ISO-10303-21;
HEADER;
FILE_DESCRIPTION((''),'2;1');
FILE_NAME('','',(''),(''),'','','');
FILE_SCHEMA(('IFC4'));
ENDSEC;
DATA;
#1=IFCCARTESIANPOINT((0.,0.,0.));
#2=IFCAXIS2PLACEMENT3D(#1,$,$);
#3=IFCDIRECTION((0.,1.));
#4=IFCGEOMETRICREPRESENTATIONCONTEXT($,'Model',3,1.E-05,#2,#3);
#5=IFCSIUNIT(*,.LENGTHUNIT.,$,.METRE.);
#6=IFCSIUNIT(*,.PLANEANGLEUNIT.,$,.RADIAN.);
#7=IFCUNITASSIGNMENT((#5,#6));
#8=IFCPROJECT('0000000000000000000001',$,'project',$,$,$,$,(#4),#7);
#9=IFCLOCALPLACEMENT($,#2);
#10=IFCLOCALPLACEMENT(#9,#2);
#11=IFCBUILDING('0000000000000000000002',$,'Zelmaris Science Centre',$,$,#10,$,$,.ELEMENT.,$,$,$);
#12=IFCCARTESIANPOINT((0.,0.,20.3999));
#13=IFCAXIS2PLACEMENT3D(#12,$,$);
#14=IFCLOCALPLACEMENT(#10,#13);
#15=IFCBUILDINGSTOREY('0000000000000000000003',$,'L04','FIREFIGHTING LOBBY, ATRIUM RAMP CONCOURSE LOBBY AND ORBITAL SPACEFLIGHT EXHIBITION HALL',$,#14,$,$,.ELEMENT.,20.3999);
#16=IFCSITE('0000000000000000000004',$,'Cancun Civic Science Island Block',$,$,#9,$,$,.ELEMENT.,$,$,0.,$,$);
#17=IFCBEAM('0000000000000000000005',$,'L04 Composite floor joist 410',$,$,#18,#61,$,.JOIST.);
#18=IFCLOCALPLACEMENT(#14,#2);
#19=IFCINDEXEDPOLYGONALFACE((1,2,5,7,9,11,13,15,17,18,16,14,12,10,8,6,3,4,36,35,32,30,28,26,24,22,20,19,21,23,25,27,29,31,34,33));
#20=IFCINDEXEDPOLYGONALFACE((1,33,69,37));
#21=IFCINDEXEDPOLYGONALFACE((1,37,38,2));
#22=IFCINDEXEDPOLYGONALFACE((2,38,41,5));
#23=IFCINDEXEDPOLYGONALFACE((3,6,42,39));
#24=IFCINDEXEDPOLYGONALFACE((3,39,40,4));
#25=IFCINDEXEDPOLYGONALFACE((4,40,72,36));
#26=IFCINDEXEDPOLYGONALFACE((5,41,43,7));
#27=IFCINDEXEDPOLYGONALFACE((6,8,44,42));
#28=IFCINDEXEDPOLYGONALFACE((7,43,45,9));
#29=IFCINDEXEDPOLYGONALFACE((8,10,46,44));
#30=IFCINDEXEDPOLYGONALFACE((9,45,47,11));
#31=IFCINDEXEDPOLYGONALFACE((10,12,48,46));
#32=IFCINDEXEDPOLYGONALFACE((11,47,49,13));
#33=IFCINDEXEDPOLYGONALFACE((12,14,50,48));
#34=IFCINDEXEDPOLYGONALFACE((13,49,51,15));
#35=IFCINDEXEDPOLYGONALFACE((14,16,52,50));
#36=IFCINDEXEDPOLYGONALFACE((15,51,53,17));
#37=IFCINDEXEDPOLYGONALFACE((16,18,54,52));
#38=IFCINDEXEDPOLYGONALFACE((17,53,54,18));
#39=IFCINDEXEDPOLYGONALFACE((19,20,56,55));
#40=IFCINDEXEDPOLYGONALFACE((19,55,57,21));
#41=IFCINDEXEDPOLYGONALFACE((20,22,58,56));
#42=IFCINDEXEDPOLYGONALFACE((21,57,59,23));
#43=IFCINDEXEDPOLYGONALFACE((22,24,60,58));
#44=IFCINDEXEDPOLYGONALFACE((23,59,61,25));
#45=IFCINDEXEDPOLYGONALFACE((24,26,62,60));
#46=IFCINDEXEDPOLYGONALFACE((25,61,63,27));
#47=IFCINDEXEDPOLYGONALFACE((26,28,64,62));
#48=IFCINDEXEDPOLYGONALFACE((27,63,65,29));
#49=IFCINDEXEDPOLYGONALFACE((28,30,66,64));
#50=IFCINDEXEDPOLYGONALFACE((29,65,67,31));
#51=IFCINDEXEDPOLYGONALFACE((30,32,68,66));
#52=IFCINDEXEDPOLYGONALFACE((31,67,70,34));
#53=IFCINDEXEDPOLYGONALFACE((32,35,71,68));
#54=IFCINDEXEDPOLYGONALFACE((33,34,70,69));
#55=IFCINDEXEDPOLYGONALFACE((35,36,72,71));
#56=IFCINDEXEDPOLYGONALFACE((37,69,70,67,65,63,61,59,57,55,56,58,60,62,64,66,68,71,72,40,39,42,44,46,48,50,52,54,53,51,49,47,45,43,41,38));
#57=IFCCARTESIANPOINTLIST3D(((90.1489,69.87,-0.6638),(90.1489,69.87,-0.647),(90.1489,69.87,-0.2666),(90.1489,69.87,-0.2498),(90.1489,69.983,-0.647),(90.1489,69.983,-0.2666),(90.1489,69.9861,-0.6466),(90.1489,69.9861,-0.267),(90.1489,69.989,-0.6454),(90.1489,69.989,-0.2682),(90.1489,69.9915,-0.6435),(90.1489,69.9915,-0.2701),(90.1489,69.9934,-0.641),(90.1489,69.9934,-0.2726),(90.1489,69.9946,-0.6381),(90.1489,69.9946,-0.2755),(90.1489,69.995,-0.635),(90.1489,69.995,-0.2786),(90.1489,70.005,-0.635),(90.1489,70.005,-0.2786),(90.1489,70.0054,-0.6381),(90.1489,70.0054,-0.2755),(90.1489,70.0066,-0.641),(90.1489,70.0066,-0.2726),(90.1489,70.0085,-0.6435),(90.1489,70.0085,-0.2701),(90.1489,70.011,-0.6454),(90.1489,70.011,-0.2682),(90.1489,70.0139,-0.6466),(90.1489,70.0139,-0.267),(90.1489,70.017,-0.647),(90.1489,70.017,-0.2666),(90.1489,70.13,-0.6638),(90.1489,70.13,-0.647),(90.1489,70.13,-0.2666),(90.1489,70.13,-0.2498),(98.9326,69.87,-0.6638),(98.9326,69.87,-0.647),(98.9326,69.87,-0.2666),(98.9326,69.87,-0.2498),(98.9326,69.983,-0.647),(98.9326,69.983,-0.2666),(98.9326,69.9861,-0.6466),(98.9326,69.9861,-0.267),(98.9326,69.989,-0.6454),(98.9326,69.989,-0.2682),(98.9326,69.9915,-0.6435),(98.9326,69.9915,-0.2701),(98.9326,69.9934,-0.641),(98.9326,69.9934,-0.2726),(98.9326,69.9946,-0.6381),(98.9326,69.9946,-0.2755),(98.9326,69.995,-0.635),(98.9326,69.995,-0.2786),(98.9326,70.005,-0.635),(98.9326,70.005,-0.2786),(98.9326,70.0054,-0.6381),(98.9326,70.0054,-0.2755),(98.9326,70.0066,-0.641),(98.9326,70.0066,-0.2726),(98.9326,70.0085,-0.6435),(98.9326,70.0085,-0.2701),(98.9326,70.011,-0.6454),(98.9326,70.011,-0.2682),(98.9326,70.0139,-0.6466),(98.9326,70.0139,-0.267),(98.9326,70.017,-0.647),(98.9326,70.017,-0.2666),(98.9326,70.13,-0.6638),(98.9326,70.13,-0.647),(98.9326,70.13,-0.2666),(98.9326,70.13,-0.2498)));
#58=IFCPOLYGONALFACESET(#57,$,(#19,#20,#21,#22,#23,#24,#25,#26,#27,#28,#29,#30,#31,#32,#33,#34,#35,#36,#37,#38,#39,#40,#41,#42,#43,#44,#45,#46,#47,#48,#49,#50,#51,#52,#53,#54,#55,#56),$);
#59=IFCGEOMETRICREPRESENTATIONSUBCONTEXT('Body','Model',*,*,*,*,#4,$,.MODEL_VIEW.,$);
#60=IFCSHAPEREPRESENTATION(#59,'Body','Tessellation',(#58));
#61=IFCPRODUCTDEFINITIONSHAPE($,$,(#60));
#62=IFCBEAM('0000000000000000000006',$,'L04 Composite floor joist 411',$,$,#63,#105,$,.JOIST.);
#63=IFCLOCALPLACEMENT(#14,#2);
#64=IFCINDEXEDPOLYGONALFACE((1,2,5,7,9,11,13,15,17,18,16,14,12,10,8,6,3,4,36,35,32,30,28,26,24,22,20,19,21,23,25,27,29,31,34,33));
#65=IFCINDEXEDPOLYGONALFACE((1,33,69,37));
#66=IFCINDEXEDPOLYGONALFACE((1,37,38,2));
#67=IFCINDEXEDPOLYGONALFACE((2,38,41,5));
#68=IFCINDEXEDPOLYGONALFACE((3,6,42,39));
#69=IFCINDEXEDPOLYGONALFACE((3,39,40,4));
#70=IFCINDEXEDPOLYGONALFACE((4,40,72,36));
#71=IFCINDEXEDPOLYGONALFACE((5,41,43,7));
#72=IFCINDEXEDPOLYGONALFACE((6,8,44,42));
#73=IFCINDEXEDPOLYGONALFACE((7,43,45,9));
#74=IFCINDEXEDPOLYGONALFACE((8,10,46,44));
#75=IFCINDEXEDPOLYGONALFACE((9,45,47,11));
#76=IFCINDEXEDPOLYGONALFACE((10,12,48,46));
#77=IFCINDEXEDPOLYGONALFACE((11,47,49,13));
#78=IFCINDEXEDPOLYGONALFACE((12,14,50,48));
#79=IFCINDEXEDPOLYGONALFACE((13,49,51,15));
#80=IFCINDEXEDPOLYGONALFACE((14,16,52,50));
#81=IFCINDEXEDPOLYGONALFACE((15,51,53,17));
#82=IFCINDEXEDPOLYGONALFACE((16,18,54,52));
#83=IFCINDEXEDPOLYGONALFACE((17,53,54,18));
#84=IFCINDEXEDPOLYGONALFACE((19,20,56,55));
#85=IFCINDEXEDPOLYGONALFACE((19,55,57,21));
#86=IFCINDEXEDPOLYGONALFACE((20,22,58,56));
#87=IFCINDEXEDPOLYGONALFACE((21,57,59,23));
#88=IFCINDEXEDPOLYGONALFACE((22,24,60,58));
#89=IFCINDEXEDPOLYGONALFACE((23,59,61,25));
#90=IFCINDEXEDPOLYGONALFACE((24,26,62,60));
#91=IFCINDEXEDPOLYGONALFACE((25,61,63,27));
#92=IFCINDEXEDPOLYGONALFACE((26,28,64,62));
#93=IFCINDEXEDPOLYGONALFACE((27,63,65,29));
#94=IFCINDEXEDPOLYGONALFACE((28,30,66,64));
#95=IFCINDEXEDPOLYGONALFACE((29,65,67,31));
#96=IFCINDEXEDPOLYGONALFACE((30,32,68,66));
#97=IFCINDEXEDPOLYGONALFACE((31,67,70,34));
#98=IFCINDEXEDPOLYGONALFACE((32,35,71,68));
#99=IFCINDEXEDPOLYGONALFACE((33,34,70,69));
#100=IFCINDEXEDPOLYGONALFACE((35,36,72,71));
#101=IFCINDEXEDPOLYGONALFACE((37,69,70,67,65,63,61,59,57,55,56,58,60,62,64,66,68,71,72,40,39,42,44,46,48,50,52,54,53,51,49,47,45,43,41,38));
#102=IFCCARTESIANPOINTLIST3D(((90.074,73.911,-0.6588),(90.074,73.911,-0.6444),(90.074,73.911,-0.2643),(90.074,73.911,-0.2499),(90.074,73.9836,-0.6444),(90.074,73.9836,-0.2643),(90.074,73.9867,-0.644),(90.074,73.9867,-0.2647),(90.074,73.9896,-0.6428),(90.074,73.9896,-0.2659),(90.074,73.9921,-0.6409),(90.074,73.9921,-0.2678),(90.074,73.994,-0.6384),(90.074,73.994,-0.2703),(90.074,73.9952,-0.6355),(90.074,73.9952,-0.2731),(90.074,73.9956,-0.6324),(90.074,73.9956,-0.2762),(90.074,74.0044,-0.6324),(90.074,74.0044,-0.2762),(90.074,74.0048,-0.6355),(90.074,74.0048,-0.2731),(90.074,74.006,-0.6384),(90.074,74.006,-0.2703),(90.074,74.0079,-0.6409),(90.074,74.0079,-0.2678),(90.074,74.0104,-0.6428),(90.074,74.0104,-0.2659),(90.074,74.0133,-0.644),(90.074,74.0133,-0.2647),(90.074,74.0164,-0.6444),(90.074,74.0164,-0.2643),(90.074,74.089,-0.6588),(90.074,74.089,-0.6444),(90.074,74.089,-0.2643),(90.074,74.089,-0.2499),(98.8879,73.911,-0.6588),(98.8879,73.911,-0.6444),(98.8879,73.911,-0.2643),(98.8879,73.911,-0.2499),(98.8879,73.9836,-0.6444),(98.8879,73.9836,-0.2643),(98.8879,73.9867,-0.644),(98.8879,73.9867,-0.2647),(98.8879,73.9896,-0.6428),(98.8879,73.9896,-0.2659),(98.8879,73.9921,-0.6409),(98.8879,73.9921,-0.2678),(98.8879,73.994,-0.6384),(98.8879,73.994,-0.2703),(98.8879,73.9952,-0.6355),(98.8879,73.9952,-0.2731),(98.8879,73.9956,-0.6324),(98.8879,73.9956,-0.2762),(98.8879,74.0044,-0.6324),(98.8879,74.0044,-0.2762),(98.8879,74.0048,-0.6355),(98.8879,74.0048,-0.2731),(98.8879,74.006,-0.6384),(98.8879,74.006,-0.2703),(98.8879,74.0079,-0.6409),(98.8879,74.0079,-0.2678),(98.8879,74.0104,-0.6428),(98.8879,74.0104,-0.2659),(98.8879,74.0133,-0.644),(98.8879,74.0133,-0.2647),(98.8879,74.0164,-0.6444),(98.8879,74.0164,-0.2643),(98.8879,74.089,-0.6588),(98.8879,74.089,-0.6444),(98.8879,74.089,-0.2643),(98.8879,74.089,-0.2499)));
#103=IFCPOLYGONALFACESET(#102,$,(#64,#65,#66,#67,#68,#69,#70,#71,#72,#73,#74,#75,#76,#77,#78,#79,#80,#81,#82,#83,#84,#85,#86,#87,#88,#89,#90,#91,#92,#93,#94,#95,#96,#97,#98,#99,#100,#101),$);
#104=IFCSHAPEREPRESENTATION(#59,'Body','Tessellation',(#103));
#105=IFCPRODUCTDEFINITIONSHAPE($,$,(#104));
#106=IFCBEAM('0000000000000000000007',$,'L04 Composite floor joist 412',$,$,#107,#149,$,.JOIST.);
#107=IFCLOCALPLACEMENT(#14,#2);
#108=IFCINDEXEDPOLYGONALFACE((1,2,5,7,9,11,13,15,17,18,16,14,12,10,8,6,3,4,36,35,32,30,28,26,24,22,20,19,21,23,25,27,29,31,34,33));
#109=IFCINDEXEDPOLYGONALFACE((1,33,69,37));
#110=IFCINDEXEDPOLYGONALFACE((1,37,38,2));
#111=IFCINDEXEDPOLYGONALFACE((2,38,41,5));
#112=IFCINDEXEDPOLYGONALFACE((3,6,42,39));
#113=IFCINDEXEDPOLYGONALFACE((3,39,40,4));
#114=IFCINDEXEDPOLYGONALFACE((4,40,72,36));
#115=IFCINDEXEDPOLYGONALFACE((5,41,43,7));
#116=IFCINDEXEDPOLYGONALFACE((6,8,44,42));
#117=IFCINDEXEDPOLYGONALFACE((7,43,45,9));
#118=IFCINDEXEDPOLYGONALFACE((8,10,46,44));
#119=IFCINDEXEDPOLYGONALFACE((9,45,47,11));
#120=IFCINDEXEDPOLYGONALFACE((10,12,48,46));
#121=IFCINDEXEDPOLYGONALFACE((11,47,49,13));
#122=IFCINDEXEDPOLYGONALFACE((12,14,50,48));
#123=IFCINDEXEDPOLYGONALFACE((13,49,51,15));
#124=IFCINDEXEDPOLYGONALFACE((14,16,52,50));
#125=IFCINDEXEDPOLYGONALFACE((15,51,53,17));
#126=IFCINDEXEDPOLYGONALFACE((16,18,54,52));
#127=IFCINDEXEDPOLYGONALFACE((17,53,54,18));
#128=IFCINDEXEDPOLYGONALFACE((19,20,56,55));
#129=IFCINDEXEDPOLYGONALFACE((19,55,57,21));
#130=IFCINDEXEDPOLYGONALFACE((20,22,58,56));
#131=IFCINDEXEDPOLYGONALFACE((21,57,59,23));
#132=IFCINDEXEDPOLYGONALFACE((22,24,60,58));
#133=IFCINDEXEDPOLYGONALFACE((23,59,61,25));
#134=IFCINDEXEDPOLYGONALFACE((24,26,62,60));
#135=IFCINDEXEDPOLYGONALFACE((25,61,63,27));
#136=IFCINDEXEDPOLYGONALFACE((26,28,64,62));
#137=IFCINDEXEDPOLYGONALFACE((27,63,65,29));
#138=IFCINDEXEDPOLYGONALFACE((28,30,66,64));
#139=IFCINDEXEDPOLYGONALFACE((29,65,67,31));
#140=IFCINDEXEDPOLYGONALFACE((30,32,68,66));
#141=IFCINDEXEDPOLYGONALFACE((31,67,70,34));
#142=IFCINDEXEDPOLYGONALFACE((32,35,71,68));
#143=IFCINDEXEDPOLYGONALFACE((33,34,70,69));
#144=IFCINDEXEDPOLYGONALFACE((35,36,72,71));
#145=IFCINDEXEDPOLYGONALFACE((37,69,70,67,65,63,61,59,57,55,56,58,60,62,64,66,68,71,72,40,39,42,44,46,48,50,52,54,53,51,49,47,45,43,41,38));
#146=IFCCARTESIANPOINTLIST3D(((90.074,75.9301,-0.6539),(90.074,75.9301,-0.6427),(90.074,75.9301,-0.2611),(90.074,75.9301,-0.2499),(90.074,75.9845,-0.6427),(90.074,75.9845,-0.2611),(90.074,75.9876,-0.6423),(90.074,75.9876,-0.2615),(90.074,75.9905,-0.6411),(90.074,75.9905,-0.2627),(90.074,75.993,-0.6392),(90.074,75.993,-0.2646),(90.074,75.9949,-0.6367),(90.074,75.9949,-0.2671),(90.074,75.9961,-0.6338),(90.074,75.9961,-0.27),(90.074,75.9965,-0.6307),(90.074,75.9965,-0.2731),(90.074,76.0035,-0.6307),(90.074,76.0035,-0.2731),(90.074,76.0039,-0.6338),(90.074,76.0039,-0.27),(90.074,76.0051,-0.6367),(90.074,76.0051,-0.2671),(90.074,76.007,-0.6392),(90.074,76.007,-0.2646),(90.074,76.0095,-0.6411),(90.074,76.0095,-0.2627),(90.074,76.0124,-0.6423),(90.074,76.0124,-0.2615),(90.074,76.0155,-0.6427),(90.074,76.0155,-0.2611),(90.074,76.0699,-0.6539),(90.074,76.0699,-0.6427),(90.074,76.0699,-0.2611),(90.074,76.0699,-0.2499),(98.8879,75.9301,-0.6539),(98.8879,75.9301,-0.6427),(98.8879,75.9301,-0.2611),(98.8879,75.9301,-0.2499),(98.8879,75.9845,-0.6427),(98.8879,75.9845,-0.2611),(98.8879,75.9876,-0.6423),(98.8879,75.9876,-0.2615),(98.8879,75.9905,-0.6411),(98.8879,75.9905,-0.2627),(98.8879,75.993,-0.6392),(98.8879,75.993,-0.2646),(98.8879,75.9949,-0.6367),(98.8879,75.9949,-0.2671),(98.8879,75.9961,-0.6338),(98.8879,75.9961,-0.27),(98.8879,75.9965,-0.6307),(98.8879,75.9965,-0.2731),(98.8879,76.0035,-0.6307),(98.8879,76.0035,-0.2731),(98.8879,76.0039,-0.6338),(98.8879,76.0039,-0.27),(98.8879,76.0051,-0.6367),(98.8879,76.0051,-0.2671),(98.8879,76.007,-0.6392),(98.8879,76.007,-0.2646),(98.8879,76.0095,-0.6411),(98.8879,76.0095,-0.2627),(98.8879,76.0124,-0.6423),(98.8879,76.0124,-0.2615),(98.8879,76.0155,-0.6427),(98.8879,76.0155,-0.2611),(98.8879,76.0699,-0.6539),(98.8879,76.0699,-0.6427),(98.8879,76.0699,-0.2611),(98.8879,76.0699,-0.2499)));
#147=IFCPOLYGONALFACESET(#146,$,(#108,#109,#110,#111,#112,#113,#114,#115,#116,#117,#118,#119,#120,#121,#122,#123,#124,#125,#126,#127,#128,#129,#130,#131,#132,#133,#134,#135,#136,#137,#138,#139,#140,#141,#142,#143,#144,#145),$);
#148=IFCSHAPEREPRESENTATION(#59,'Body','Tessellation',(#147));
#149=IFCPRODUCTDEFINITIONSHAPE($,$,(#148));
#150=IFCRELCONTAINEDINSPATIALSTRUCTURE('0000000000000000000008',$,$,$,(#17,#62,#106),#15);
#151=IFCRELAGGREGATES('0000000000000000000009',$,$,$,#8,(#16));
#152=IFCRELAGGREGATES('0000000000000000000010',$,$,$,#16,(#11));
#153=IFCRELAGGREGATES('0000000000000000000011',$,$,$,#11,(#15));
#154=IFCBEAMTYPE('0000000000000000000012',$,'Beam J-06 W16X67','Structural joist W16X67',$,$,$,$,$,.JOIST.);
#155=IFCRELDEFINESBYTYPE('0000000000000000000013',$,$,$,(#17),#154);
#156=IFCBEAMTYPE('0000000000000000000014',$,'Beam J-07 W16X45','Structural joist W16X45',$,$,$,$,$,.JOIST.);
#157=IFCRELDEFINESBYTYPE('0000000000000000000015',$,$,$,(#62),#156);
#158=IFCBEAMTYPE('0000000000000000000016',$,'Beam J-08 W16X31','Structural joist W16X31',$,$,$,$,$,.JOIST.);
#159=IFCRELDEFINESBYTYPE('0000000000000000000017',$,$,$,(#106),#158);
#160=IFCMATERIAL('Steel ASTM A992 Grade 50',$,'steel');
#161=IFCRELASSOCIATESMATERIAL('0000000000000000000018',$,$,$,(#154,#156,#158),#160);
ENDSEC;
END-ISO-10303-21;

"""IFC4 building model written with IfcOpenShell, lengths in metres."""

from ifc_helpers import new_model, si_unit, direction, frame, origin, origin_2d, place, context, subcontext, project, spatial, i_section, extrude, material, material_profile, profile_set, type_object, element, save


model = new_model("IFC4")

# Units and contexts
model_context = context("Model", 3, precision=1e-05, world=origin(), true_north=direction((0.0, 1.0)))
body_context = subcontext(model_context, "Body", "Model", "MODEL_VIEW")
ifc_project = project(units=[si_unit("LENGTHUNIT", "METRE"), si_unit("PLANEANGLEUNIT", "RADIAN")], contexts=[model_context])

# Site, building, storey
site_placement = place(None, origin())
site = spatial("IfcSite", under=ifc_project, at=site_placement, Name="Cancun Civic Science Island Block", CompositionType="ELEMENT", RefElevation=0.0)
building_placement = place(site_placement, origin())
building = spatial("IfcBuilding", under=site, at=building_placement, Name="Zelmaris Science Centre", CompositionType="ELEMENT")
storey_placement = place(building_placement, frame((0.0, 0.0, 20.3999)))
storey = spatial("IfcBuildingStorey", under=building, at=storey_placement, Name="L04", Description="FIREFIGHTING LOBBY, ATRIUM RAMP CONCOURSE LOBBY AND ORBITAL SPACEFLIGHT EXHIBITION HALL", CompositionType="ELEMENT", Elevation=20.3999)

# Beams
ifc_material_1 = material(Name="Steel ASTM A992 Grade 50", Category="steel")
ifc_material_profile_1 = material_profile(ifc_material_1, i_section(OverallWidth=0.26, OverallDepth=0.4141, WebThickness=0.01, FlangeThickness=0.0168, FilletRadius=0.012, at=origin_2d()), Name="W16X67")
ifc_profile_set_1 = profile_set([ifc_material_profile_1], Name="Steel ASTM A992 Grade 50")
beam_type_1 = type_object("IfcBeamType", Name="Beam J-06 W16X67", Description="Structural joist W16X67", PredefinedType="JOIST", material=ifc_profile_set_1)
beam_1_placement = place(storey_placement, frame((90.1489, 70.0, -0.4568), z_axis=(1.0, 0.0, 0.0), x_axis=(0.0, 1.0, 0.0)))
element("IfcBeam", 1, at=beam_1_placement, inside=storey, type_object=beam_type_1, Name="L04 Composite floor joist 410", PredefinedType="JOIST", context=body_context, shape_type="SweptSolid", body=[
    extrude(i_section(OverallWidth=0.26, OverallDepth=0.4141, WebThickness=0.01, FlangeThickness=0.0168, FilletRadius=0.012, at=origin_2d()), origin(), (0.0, 0.0, 1.0), 8.7837),
])
ifc_material_profile_2 = material_profile(ifc_material_1, i_section(OverallWidth=0.178, OverallDepth=0.4089, WebThickness=0.0088, FlangeThickness=0.0144, FilletRadius=0.012, at=origin_2d()), Name="W16X45")
ifc_profile_set_2 = profile_set([ifc_material_profile_2], Name="Steel ASTM A992 Grade 50")
beam_type_2 = type_object("IfcBeamType", Name="Beam J-07 W16X45", Description="Structural joist W16X45", PredefinedType="JOIST", material=ifc_profile_set_2)
beam_2_placement = place(storey_placement, frame((90.074, 74.0, -0.4543), z_axis=(1.0, 0.0, 0.0), x_axis=(0.0, 1.0, 0.0)))
element("IfcBeam", 2, at=beam_2_placement, inside=storey, type_object=beam_type_2, Name="L04 Composite floor joist 411", PredefinedType="JOIST", context=body_context, shape_type="SweptSolid", body=[
    extrude(i_section(OverallWidth=0.178, OverallDepth=0.4089, WebThickness=0.0088, FlangeThickness=0.0144, FilletRadius=0.012, at=origin_2d()), origin(), (0.0, 0.0, 1.0), 8.814),
])
ifc_material_profile_3 = material_profile(ifc_material_1, i_section(OverallWidth=0.1399, OverallDepth=0.4041, WebThickness=0.0071, FlangeThickness=0.0112, FilletRadius=0.012, at=origin_2d()), Name="W16X31")
ifc_profile_set_3 = profile_set([ifc_material_profile_3], Name="Steel ASTM A992 Grade 50")
beam_type_3 = type_object("IfcBeamType", Name="Beam J-08 W16X31", Description="Structural joist W16X31", PredefinedType="JOIST", material=ifc_profile_set_3)
beam_3_placement = place(storey_placement, frame((90.074, 76.0, -0.4519), z_axis=(1.0, 0.0, 0.0), x_axis=(0.0, 1.0, 0.0)))
element("IfcBeam", 3, at=beam_3_placement, inside=storey, type_object=beam_type_3, Name="L04 Composite floor joist 412", PredefinedType="JOIST", context=body_context, shape_type="SweptSolid", body=[
    extrude(i_section(OverallWidth=0.1399, OverallDepth=0.4041, WebThickness=0.0071, FlangeThickness=0.0112, FilletRadius=0.012, at=origin_2d()), origin(), (0.0, 0.0, 1.0), 8.814),
])

save(model, "model.ifc")
